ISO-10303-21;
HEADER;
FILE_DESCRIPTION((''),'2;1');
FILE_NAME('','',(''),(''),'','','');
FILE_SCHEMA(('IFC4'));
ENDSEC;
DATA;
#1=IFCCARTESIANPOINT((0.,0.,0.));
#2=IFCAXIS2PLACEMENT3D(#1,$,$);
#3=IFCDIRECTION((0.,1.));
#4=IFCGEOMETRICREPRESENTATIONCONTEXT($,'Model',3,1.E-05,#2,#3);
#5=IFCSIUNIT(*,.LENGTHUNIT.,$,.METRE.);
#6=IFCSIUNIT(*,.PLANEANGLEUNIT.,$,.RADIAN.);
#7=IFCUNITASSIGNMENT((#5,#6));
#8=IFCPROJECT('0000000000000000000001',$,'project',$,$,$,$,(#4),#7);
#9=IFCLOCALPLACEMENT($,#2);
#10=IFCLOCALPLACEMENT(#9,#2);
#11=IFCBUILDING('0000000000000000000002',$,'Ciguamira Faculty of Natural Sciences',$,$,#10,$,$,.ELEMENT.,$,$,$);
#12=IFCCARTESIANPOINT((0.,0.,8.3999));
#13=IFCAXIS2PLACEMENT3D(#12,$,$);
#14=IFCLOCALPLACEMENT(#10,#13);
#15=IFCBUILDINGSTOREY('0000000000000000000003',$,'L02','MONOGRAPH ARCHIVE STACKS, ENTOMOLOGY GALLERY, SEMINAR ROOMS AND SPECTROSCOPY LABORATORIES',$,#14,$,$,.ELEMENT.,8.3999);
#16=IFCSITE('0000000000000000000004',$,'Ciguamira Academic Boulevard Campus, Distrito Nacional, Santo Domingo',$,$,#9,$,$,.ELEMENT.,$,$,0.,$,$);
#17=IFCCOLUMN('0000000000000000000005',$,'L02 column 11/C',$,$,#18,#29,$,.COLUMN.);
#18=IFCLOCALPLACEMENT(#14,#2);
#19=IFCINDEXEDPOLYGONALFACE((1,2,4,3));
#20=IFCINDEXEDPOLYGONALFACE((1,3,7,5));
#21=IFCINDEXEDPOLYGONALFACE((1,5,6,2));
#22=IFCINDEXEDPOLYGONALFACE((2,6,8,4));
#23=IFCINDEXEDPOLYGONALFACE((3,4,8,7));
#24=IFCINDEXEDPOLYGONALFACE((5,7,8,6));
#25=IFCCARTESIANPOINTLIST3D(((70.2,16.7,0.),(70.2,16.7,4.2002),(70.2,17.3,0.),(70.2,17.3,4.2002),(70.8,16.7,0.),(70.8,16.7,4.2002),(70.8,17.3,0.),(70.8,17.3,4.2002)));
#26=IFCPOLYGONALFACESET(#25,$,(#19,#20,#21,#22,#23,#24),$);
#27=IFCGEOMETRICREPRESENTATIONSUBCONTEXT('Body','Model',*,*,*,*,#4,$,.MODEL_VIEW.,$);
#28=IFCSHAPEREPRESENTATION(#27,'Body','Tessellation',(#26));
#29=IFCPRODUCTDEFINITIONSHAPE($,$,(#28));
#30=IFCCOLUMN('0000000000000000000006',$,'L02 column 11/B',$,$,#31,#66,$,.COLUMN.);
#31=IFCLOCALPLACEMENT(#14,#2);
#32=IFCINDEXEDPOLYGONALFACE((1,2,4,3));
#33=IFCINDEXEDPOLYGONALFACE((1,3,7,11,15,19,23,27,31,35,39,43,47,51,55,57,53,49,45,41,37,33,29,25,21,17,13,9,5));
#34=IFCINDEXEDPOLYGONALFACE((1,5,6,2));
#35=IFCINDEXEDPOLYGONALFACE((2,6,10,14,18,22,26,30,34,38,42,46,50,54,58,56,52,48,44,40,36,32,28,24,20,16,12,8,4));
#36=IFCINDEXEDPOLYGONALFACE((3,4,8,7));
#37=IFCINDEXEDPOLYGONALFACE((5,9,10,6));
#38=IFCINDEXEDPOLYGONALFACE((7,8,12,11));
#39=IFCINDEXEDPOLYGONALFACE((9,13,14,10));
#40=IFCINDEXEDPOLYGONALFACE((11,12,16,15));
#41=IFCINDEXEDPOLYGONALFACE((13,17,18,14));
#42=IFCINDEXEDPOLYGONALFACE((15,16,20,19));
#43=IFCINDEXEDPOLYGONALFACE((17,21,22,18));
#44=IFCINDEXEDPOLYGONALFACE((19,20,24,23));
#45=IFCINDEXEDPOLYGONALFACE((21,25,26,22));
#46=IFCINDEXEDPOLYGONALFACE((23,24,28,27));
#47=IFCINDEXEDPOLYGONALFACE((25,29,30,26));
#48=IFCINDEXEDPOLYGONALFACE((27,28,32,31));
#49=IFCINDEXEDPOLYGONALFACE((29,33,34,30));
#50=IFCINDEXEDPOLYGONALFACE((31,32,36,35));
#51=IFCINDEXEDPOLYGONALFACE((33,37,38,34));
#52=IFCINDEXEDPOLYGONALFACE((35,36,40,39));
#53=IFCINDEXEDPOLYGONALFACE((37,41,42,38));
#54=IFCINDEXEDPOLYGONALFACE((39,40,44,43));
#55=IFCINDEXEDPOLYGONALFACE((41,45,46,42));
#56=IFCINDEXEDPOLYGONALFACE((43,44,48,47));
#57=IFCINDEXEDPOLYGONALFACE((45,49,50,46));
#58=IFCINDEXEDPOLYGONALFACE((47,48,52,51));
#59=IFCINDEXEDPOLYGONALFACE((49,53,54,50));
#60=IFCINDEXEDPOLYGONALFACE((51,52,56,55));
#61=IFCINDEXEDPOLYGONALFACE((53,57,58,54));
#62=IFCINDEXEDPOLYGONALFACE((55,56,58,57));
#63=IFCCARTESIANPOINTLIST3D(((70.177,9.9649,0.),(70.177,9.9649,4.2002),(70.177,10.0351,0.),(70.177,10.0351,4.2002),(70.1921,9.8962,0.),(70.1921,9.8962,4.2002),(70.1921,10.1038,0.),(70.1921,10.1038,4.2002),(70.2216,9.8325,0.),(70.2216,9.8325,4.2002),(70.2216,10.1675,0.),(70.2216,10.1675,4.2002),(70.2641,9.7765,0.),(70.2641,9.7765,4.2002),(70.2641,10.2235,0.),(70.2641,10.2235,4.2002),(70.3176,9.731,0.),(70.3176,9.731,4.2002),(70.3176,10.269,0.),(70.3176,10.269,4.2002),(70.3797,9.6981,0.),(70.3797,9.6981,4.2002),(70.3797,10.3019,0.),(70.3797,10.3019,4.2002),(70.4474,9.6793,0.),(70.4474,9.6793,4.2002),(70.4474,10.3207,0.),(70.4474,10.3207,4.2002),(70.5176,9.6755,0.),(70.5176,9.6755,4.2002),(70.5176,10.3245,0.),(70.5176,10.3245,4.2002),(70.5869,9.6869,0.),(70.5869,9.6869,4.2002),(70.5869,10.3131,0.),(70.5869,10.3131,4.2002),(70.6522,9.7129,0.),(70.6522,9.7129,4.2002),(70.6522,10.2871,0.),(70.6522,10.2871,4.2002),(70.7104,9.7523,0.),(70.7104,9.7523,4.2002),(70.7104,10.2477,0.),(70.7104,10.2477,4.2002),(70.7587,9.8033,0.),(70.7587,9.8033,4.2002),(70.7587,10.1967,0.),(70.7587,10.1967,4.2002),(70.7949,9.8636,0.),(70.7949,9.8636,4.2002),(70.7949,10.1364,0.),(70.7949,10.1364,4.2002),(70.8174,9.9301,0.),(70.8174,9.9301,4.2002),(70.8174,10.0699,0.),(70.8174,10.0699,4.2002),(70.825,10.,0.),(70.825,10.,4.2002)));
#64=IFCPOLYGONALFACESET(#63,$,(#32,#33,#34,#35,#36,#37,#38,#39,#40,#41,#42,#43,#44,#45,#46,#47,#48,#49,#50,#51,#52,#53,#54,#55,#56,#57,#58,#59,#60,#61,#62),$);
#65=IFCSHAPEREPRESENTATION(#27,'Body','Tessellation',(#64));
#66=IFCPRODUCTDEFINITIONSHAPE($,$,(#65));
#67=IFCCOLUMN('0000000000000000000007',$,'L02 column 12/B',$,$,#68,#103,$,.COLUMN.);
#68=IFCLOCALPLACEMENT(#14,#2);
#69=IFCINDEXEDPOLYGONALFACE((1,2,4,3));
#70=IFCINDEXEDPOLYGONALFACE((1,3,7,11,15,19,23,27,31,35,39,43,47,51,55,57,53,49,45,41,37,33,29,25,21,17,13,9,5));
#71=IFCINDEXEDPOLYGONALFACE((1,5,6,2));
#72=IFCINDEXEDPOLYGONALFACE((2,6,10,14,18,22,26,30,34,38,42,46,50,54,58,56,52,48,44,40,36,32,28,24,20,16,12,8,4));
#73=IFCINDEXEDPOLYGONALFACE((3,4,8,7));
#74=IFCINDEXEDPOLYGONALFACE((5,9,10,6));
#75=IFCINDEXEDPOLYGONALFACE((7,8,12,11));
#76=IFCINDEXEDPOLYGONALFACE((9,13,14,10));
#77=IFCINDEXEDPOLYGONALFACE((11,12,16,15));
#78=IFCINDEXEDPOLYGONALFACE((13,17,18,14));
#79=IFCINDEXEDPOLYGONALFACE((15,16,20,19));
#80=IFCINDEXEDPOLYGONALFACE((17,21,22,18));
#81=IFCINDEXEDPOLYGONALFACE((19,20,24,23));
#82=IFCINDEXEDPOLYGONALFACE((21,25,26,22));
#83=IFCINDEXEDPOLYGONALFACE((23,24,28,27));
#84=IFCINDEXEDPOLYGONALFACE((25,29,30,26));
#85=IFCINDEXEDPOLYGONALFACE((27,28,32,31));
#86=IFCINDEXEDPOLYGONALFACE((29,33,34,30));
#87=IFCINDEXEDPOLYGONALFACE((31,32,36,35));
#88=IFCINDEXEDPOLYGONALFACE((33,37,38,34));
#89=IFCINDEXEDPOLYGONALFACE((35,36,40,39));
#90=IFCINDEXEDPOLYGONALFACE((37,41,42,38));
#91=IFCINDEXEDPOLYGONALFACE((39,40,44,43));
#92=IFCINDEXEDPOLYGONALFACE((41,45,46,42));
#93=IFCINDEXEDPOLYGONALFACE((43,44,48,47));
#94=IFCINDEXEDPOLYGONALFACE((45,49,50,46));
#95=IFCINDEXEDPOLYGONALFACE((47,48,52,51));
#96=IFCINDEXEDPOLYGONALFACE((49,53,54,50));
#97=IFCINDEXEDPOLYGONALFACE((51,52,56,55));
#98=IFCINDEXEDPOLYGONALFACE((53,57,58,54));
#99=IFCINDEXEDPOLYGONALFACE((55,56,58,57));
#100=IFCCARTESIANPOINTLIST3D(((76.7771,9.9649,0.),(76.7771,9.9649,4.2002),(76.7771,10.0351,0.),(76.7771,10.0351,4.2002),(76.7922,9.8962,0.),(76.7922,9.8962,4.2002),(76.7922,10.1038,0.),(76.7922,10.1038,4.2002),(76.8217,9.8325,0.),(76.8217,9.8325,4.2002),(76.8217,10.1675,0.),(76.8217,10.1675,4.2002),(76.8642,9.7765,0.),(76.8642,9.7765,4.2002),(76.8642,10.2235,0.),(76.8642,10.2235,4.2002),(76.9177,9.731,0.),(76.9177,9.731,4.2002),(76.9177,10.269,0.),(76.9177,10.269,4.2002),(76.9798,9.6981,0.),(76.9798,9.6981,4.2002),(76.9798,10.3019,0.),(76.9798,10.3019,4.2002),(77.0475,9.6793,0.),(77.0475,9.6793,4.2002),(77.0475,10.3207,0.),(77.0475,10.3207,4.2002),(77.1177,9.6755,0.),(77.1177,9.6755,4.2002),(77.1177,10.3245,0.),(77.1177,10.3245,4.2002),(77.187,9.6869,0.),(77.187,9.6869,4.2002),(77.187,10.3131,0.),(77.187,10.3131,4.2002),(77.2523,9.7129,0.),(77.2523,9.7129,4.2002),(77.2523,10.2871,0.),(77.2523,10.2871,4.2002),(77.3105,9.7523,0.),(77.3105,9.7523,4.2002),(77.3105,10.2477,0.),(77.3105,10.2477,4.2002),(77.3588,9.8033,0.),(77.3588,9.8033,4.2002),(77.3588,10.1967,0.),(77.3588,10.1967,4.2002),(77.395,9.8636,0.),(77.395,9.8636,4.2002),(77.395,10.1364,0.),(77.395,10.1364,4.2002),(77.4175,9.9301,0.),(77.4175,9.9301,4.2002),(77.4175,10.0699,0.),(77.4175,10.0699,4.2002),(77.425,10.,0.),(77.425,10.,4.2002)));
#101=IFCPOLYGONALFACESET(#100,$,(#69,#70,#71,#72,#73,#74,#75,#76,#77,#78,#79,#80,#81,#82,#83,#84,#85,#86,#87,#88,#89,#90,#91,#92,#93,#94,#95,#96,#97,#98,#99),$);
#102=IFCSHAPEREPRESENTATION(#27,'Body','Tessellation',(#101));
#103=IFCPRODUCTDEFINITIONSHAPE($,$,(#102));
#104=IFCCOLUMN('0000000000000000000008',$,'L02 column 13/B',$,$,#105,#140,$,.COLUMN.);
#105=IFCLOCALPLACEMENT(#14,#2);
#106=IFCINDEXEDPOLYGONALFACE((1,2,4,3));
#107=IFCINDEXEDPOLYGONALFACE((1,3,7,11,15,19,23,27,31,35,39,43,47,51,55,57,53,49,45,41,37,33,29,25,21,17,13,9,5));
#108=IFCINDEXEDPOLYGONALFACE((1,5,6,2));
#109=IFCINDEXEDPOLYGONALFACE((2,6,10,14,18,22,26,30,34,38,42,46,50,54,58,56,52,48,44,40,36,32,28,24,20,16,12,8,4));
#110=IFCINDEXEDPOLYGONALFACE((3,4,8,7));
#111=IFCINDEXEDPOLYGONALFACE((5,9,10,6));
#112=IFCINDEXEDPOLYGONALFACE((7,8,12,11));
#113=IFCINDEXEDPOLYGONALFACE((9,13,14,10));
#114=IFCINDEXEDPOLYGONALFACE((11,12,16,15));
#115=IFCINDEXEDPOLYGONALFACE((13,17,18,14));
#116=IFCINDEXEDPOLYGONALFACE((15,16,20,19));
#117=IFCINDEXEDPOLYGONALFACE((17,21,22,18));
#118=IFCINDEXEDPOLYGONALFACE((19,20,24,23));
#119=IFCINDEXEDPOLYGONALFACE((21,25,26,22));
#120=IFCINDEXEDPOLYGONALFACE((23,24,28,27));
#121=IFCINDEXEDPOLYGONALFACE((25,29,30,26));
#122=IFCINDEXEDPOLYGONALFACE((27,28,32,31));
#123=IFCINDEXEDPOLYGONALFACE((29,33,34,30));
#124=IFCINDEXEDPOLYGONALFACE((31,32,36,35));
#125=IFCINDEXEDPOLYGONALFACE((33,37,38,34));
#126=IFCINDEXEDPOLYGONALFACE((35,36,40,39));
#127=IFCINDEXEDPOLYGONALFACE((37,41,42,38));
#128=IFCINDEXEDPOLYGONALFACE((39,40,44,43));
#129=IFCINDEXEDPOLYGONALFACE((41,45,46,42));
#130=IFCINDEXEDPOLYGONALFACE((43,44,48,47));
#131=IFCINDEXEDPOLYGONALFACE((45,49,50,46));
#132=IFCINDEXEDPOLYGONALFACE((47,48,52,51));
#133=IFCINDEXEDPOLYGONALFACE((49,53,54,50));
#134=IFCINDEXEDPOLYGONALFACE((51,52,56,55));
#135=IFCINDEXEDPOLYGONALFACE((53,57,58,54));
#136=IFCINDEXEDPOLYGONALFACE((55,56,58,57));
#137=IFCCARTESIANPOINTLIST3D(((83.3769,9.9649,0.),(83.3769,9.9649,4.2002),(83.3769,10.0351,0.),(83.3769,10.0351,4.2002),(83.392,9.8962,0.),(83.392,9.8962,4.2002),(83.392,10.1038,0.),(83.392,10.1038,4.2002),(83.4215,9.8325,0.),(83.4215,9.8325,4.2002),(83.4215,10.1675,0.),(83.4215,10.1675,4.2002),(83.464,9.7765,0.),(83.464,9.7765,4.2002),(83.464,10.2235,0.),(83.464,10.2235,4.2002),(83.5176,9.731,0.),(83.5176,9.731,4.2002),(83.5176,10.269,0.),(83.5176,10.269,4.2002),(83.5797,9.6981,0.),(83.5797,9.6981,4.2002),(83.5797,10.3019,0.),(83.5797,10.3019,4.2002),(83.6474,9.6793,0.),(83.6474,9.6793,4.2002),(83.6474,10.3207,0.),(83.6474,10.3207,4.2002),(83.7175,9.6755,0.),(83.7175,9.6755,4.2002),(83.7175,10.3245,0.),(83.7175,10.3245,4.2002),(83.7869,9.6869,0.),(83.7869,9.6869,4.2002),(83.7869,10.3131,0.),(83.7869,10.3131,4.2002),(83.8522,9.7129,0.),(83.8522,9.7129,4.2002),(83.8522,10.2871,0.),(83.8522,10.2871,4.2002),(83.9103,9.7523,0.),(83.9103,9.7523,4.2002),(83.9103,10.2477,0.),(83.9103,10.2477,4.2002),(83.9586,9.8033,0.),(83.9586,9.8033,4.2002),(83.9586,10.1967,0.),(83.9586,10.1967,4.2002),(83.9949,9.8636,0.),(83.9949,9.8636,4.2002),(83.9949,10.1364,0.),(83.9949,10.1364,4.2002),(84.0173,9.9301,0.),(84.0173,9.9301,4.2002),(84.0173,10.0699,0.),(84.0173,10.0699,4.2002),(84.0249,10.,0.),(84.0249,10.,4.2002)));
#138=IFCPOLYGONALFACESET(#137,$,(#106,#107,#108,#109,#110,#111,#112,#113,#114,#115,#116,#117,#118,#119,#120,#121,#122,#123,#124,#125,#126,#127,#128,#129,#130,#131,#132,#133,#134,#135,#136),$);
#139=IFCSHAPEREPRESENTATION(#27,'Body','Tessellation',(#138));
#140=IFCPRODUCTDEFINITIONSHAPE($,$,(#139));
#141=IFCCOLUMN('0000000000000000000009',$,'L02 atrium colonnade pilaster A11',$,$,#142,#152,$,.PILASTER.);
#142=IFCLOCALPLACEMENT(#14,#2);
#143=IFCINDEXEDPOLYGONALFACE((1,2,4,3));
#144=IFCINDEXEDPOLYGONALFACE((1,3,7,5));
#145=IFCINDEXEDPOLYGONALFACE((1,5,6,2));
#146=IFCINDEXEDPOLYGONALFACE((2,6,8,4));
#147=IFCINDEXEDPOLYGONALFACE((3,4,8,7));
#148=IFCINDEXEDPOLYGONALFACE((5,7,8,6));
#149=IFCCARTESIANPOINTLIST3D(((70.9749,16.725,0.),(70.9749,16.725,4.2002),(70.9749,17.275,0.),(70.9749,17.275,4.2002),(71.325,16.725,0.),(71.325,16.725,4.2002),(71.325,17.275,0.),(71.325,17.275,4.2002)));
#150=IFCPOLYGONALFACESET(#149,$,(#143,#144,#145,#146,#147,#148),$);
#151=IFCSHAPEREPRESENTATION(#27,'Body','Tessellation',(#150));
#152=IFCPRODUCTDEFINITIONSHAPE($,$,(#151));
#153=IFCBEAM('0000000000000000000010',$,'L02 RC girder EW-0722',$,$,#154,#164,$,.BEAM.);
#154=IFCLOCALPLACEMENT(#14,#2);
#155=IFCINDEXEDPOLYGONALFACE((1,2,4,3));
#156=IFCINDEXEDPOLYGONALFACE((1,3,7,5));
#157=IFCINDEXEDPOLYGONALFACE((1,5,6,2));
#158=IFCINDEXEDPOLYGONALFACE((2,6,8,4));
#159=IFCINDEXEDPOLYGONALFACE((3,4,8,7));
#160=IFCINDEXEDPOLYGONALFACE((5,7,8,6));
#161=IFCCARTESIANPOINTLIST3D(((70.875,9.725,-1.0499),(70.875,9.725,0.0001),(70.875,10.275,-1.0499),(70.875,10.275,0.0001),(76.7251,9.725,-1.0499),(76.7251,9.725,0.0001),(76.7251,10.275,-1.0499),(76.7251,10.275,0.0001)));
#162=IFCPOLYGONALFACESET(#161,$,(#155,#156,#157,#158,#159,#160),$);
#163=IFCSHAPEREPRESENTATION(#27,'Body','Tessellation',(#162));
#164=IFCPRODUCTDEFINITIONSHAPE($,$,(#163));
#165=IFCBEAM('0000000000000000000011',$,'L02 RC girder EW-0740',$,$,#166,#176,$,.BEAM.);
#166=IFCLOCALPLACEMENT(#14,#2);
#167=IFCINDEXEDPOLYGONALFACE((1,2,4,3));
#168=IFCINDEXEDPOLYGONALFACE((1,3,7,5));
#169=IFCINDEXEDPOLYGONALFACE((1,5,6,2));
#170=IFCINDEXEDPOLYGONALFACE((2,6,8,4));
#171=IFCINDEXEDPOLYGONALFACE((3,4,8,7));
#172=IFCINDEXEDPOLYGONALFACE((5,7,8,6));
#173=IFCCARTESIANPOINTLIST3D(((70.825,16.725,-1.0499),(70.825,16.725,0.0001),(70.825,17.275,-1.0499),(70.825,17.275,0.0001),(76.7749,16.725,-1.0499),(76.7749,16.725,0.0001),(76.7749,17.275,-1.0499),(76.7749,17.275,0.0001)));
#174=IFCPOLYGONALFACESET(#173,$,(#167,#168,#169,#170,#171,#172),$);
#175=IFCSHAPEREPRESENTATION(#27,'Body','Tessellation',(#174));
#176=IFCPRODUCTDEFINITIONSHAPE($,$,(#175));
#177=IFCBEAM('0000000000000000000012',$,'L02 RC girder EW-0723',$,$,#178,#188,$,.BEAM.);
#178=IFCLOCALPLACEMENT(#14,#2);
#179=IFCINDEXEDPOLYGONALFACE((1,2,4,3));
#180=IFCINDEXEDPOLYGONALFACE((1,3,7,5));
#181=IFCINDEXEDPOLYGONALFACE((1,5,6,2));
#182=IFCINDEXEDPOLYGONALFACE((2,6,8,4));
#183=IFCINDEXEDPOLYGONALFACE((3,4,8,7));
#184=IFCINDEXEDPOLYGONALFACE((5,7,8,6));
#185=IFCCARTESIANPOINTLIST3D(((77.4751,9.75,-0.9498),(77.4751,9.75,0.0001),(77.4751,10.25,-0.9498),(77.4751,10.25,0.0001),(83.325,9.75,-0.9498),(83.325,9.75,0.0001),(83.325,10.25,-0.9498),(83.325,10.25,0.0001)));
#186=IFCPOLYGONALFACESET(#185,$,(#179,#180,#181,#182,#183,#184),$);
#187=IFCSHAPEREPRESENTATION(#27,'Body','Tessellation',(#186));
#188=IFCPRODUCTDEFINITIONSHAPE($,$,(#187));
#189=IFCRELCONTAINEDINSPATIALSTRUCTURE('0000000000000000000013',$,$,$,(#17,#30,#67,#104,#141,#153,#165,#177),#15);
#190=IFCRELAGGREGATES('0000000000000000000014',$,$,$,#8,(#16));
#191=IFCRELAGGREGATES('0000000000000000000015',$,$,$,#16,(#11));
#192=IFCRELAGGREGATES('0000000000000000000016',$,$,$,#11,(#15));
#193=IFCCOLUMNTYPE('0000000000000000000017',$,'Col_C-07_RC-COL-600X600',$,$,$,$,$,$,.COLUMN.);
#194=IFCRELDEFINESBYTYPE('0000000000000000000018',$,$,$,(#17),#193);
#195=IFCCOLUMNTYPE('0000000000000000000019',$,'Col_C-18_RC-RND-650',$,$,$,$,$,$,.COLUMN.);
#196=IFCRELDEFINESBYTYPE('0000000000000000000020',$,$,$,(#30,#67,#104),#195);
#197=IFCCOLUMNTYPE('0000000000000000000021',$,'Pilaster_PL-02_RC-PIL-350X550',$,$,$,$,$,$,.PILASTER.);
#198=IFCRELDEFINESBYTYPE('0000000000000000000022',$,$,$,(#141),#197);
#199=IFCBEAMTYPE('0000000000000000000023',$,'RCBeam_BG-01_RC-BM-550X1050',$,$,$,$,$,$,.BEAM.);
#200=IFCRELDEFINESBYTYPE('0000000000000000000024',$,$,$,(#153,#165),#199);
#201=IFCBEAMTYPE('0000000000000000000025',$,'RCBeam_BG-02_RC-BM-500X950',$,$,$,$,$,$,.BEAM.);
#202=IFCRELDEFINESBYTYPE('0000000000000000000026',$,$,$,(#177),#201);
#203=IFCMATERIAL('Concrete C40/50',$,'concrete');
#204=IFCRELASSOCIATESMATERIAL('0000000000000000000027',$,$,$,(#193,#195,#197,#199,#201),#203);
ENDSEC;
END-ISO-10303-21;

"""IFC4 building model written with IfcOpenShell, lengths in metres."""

from ifc_helpers import new_model, si_unit, direction, frame, origin, origin_2d, place, context, subcontext, project, spatial, rectangle, circle, extrude, material, material_profile, profile_set, type_object, element, save


model = new_model("IFC4")

# Units and contexts
model_context = context("Model", 3, precision=1e-05, world=origin(), true_north=direction((0.0, 1.0)))
body_context = subcontext(model_context, "Body", "Model", "MODEL_VIEW")
ifc_project = project(units=[si_unit("LENGTHUNIT", "METRE"), si_unit("PLANEANGLEUNIT", "RADIAN")], contexts=[model_context])

# Site, building, storey
site_placement = place(None, origin())
site = spatial("IfcSite", under=ifc_project, at=site_placement, Name="Ciguamira Academic Boulevard Campus, Distrito Nacional, Santo Domingo", CompositionType="ELEMENT", RefElevation=0.0)
building_placement = place(site_placement, origin())
building = spatial("IfcBuilding", under=site, at=building_placement, Name="Ciguamira Faculty of Natural Sciences", CompositionType="ELEMENT")
storey_placement = place(building_placement, frame((0.0, 0.0, 8.3999)))
storey = spatial("IfcBuildingStorey", under=building, at=storey_placement, Name="L02", Description="MONOGRAPH ARCHIVE STACKS, ENTOMOLOGY GALLERY, SEMINAR ROOMS AND SPECTROSCOPY LABORATORIES", CompositionType="ELEMENT", Elevation=8.3999)

# Columns
ifc_material_1 = material(Name="Concrete C40/50", Category="concrete")
ifc_material_profile_1 = material_profile(ifc_material_1, rectangle(XDim=0.6001, YDim=0.6001, at=origin_2d()), Name="RC-COL-600X600")
ifc_profile_set_1 = profile_set([ifc_material_profile_1], Name="Concrete C40/50")
column_type_1 = type_object("IfcColumnType", Name="Col_C-07_RC-COL-600X600", PredefinedType="COLUMN", material=ifc_profile_set_1)
column_1_placement = place(storey_placement, frame((70.5, 17.0, 0.0), z_axis=(0.0, 0.0, 1.0), x_axis=(1.0, 0.0, 0.0)))
element("IfcColumn", 1, at=column_1_placement, inside=storey, type_object=column_type_1, Name="L02 column 11/C", PredefinedType="COLUMN", context=body_context, shape_type="SweptSolid", body=[
    extrude(rectangle(XDim=0.6001, YDim=0.6001, at=origin_2d()), origin(), (0.0, 0.0, 1.0), 4.2002),
])
ifc_material_profile_2 = material_profile(ifc_material_1, circle(Radius=0.325, at=origin_2d()), Name="RC-RND-650")
ifc_profile_set_2 = profile_set([ifc_material_profile_2], Name="Concrete C40/50")
column_type_2 = type_object("IfcColumnType", Name="Col_C-18_RC-RND-650", PredefinedType="COLUMN", material=ifc_profile_set_2)
for number, where, z_axis, x_axis, name in (
    (2, (70.5, 10.0, 0.0), (0.0, 0.0, 1.0), (1.0, 0.0, 0.0), "L02 column 11/B"),
    (3, (77.1001, 10.0, 0.0), (0.0, 0.0, 1.0), (1.0, 0.0, 0.0), "L02 column 12/B"),
    (4, (83.7, 10.0, 0.0), (0.0, 0.0, 1.0), (1.0, 0.0, 0.0), "L02 column 13/B"),
):
    element("IfcColumn", number, at=place(storey_placement, frame(where, z_axis=z_axis, x_axis=x_axis)), inside=storey, type_object=column_type_2, Name=name, PredefinedType="COLUMN", context=body_context, shape_type="SweptSolid", body=[
        extrude(circle(Radius=0.325, at=origin_2d()), origin(), (0.0, 0.0, 1.0), 4.2002),
    ])
ifc_material_profile_3 = material_profile(ifc_material_1, rectangle(XDim=0.3501, YDim=0.55, at=origin_2d()), Name="RC-PIL-350X550")
ifc_profile_set_3 = profile_set([ifc_material_profile_3], Name="Concrete C40/50")
column_type_3 = type_object("IfcColumnType", Name="Pilaster_PL-02_RC-PIL-350X550", PredefinedType="PILASTER", material=ifc_profile_set_3)
column_2_placement = place(storey_placement, frame((71.1499, 17.0, 0.0), z_axis=(0.0, 0.0, 1.0), x_axis=(1.0, 0.0, 0.0)))
element("IfcColumn", 5, at=column_2_placement, inside=storey, type_object=column_type_3, Name="L02 atrium colonnade pilaster A11", PredefinedType="PILASTER", context=body_context, shape_type="SweptSolid", body=[
    extrude(rectangle(XDim=0.3501, YDim=0.55, at=origin_2d()), origin(), (0.0, 0.0, 1.0), 4.2002),
])

# Beams
ifc_material_profile_4 = material_profile(ifc_material_1, rectangle(XDim=0.55, YDim=1.05, at=origin_2d()), Name="RC-BM-550X1050")
ifc_profile_set_4 = profile_set([ifc_material_profile_4], Name="Concrete C40/50")
beam_type_1 = type_object("IfcBeamType", Name="RCBeam_BG-01_RC-BM-550X1050", PredefinedType="BEAM", material=ifc_profile_set_4)
beam_1_placement = place(storey_placement, frame((70.875, 10.0, -0.5249), z_axis=(1.0, 0.0, 0.0), x_axis=(0.0, 1.0, 0.0)))
element("IfcBeam", 6, at=beam_1_placement, inside=storey, type_object=beam_type_1, Name="L02 RC girder EW-0722", PredefinedType="BEAM", context=body_context, shape_type="SweptSolid", body=[
    extrude(rectangle(XDim=0.55, YDim=1.05, at=origin_2d()), origin(), (0.0, 0.0, 1.0), 5.8501),
])
beam_2_placement = place(storey_placement, frame((70.825, 17.0, -0.5249), z_axis=(1.0, 0.0, 0.0), x_axis=(0.0, 1.0, 0.0)))
element("IfcBeam", 7, at=beam_2_placement, inside=storey, type_object=beam_type_1, Name="L02 RC girder EW-0740", PredefinedType="BEAM", context=body_context, shape_type="SweptSolid", body=[
    extrude(rectangle(XDim=0.55, YDim=1.05, at=origin_2d()), origin(), (0.0, 0.0, 1.0), 5.95),
])
ifc_material_profile_5 = material_profile(ifc_material_1, rectangle(XDim=0.5, YDim=0.95, at=origin_2d()), Name="RC-BM-500X950")
ifc_profile_set_5 = profile_set([ifc_material_profile_5], Name="Concrete C40/50")
beam_type_2 = type_object("IfcBeamType", Name="RCBeam_BG-02_RC-BM-500X950", PredefinedType="BEAM", material=ifc_profile_set_5)
beam_3_placement = place(storey_placement, frame((77.4751, 10.0, -0.4749), z_axis=(1.0, 0.0, 0.0), x_axis=(0.0, 1.0, 0.0)))
element("IfcBeam", 8, at=beam_3_placement, inside=storey, type_object=beam_type_2, Name="L02 RC girder EW-0723", PredefinedType="BEAM", context=body_context, shape_type="SweptSolid", body=[
    extrude(rectangle(XDim=0.5, YDim=0.95, at=origin_2d()), origin(), (0.0, 0.0, 1.0), 5.8499),
])

save(model, "model.ifc")
